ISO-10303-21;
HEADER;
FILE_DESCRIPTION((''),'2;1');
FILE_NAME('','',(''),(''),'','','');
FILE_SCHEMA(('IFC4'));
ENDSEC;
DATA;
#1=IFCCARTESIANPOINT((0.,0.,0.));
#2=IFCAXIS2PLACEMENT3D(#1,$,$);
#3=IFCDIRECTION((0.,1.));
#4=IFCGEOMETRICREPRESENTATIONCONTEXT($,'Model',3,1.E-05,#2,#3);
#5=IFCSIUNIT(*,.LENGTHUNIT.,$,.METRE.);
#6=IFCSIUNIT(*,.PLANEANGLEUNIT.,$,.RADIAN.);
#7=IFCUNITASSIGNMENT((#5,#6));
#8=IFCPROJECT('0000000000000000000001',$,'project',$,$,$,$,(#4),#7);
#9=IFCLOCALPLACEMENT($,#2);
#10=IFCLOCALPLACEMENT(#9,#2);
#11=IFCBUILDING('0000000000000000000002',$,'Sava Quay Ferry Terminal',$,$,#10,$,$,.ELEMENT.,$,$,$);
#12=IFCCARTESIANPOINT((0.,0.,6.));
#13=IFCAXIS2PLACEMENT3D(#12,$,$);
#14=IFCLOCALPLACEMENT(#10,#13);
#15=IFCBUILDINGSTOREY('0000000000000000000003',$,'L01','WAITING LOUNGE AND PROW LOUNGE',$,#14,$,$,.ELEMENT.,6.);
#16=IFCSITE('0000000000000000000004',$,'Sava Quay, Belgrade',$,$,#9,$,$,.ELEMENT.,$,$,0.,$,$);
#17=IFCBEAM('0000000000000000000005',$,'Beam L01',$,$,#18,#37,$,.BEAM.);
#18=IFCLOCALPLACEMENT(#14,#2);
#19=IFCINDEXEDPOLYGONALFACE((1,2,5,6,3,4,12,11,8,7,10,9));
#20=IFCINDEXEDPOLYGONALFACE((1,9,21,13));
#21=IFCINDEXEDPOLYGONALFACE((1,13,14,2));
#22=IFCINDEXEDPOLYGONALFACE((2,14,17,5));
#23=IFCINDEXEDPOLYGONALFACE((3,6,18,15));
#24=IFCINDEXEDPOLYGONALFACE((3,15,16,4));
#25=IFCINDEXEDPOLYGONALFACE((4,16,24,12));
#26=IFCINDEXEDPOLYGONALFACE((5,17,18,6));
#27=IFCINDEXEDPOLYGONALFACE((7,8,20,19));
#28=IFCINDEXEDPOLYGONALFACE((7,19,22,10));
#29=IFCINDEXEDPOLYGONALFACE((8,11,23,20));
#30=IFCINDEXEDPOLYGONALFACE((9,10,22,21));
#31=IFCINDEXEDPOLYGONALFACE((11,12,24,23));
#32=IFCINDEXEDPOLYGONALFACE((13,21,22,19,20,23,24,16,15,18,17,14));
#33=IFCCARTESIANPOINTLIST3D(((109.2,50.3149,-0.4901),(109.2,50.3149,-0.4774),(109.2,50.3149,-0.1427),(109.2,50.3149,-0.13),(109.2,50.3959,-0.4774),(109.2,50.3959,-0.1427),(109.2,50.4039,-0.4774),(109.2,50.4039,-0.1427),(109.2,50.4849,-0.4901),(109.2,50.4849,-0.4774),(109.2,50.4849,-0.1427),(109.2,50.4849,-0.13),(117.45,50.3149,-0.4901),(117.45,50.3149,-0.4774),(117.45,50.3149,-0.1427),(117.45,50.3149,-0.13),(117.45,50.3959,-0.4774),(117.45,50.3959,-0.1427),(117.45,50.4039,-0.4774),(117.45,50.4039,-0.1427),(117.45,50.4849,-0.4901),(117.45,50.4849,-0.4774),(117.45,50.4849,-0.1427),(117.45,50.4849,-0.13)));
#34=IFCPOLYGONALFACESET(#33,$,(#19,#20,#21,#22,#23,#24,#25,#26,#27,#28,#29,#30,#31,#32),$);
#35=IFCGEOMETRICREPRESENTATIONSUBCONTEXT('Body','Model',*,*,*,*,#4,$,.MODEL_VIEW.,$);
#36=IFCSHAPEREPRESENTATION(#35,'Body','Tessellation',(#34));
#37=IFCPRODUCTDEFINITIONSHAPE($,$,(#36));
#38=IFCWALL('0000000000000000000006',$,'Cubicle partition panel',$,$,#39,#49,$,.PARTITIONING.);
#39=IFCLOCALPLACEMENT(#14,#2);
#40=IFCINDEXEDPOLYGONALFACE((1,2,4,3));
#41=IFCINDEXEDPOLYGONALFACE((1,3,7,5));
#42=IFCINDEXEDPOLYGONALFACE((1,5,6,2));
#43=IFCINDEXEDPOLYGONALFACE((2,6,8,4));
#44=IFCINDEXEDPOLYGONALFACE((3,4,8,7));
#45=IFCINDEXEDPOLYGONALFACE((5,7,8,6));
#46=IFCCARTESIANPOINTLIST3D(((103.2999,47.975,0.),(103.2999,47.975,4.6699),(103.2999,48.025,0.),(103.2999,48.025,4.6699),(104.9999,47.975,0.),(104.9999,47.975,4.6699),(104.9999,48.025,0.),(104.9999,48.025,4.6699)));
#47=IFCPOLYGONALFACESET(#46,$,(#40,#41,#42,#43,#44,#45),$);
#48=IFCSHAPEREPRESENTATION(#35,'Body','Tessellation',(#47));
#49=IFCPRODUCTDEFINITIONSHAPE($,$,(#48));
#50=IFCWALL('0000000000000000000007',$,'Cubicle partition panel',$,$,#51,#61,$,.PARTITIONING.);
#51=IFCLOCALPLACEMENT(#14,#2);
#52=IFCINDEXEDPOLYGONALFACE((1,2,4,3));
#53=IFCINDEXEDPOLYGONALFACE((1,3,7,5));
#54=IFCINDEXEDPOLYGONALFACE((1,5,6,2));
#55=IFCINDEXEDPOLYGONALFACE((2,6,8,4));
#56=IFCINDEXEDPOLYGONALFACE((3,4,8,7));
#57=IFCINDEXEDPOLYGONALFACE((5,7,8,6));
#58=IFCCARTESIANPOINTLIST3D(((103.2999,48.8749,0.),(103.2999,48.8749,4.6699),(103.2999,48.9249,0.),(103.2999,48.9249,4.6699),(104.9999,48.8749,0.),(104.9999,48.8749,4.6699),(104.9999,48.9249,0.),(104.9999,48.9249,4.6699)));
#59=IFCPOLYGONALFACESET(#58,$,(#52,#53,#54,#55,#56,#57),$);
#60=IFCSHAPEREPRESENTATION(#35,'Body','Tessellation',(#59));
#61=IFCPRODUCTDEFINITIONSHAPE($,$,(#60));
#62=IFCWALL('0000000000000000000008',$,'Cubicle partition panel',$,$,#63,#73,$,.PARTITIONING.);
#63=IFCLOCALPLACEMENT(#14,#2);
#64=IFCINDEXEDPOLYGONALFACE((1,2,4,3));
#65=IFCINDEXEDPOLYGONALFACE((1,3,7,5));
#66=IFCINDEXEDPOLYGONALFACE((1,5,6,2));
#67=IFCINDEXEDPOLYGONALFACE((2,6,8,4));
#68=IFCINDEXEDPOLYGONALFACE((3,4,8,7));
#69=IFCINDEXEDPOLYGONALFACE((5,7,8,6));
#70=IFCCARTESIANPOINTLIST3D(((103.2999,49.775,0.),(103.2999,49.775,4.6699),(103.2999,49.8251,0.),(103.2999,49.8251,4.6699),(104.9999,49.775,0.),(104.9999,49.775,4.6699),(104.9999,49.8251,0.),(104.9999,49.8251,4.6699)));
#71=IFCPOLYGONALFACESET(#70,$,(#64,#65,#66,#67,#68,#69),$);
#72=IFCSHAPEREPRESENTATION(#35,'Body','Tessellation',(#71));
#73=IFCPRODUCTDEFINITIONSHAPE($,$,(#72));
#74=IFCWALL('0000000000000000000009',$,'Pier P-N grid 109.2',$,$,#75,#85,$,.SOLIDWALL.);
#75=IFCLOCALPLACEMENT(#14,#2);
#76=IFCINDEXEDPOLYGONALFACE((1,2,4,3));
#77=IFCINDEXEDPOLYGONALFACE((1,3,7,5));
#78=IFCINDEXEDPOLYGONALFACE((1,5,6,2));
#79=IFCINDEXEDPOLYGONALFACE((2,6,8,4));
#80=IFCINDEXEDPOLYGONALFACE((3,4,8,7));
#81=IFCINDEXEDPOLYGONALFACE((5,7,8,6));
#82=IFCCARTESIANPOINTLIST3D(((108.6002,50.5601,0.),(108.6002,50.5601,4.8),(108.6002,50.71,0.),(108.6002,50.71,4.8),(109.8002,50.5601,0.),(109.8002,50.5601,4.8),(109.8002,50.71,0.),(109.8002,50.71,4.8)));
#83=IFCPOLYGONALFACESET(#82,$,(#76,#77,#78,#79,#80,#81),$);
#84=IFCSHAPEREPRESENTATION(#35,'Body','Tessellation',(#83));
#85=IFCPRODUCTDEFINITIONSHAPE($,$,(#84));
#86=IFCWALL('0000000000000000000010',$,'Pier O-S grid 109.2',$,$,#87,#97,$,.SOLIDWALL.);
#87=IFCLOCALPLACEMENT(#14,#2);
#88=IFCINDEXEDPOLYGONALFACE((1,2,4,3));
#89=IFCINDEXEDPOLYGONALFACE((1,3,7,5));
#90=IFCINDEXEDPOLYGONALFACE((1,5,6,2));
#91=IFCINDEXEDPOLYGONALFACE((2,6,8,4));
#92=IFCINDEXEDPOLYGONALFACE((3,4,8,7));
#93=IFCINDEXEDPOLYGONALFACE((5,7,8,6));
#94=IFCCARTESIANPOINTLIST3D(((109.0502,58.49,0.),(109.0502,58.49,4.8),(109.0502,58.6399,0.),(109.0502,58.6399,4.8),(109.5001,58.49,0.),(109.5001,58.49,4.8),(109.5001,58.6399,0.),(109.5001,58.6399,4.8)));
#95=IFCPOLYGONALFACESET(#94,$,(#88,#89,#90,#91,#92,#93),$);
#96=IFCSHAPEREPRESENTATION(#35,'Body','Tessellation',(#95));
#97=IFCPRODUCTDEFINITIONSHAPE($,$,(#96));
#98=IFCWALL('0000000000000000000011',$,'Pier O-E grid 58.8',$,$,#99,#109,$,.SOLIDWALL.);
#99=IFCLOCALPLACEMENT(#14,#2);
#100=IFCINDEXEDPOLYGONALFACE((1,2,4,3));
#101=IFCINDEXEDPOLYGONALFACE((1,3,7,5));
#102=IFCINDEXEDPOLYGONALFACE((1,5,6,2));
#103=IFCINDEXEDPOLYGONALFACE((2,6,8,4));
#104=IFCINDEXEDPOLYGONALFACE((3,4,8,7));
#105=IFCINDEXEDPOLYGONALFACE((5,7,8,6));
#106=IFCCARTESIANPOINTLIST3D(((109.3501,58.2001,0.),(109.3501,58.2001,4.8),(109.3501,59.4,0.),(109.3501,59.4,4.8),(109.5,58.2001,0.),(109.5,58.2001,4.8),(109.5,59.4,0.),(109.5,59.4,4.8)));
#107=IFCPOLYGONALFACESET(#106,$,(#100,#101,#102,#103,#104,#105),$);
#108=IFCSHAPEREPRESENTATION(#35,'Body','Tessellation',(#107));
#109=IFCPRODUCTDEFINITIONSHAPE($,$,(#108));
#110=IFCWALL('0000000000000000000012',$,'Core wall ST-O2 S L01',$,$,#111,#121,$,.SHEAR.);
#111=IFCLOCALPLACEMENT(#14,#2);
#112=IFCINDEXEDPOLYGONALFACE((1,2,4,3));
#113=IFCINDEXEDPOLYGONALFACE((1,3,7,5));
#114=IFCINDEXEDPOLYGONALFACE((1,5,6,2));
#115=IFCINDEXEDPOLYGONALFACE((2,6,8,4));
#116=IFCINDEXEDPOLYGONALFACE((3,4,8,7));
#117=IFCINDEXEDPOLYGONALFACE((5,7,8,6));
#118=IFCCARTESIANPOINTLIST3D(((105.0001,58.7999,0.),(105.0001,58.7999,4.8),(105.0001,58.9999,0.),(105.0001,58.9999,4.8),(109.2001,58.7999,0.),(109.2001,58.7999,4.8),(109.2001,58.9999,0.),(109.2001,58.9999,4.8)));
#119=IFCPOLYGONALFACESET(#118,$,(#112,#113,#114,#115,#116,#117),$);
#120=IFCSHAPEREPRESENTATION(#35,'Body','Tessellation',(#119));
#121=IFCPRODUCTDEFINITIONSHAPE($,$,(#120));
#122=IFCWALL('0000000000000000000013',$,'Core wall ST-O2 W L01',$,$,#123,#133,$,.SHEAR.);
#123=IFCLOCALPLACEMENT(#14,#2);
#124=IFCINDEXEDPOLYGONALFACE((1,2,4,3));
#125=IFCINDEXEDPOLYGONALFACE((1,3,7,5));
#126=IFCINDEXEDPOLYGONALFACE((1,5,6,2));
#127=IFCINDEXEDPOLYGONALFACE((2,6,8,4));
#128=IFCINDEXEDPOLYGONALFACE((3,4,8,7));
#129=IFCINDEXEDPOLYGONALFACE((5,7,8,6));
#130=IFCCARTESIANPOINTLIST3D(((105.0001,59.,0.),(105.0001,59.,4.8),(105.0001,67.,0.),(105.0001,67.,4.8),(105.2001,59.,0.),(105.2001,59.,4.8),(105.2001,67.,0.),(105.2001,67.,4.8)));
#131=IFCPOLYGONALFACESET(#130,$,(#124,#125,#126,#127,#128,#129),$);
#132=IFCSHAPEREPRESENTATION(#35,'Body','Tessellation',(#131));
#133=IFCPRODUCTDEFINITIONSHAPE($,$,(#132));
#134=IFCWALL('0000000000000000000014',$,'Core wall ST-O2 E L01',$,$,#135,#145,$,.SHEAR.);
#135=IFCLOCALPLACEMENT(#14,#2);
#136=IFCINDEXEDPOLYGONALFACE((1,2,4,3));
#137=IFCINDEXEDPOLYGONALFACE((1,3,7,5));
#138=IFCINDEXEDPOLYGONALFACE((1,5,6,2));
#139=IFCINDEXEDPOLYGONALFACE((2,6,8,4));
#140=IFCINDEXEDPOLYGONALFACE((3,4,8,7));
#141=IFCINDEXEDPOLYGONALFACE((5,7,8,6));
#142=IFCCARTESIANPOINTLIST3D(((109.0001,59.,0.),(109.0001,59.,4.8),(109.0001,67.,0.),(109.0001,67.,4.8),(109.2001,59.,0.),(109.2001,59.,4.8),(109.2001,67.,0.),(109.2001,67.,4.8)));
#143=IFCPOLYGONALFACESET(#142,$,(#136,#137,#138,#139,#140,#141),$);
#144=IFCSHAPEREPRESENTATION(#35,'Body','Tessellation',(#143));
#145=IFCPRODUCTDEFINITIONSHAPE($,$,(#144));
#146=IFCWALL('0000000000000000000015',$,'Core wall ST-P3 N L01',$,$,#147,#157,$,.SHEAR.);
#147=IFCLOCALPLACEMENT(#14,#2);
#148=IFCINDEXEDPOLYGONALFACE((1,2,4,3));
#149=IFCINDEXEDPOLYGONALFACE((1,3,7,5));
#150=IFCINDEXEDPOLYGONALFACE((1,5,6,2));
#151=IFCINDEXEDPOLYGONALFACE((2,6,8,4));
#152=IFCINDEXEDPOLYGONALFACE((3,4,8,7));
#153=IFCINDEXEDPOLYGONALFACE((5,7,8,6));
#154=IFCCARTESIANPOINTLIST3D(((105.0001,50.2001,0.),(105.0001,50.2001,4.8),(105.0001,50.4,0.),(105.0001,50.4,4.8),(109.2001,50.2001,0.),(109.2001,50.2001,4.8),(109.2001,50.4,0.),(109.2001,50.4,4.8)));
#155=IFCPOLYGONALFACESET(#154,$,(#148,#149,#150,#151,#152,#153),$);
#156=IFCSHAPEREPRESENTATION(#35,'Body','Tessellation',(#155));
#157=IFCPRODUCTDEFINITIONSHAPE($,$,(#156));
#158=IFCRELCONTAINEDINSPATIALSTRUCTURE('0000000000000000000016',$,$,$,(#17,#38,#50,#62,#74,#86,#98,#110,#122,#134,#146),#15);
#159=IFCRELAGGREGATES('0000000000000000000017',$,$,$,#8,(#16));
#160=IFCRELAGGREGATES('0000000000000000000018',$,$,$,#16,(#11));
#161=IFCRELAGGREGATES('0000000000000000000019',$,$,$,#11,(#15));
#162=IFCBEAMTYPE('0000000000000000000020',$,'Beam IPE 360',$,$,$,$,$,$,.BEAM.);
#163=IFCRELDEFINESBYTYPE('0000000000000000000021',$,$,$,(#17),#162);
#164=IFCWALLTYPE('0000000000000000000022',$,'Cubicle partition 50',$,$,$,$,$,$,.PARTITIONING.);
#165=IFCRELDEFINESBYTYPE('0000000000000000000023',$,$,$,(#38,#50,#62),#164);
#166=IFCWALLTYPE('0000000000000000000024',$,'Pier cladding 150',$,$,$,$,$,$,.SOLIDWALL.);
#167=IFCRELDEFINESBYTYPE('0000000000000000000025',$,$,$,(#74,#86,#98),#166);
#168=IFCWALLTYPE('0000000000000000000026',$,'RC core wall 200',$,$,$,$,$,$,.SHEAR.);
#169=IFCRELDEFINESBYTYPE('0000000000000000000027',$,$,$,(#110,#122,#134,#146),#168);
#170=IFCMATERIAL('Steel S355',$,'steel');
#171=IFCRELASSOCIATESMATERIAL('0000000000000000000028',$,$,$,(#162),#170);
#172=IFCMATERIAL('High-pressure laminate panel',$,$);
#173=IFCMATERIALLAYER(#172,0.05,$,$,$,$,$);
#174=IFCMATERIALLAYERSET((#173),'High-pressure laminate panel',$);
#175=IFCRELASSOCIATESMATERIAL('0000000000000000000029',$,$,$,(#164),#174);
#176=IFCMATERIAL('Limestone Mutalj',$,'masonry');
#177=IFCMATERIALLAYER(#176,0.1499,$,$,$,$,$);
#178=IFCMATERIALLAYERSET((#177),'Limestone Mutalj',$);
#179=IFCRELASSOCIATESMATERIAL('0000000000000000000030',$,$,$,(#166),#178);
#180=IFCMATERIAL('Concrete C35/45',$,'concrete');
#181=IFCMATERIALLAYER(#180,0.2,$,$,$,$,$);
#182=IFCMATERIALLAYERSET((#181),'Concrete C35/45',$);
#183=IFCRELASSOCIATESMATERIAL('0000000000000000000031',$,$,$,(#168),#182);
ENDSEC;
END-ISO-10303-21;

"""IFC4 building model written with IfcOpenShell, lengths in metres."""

from ifc_helpers import new_model, si_unit, direction, frame, frame_2d, origin, origin_2d, place, context, subcontext, project, spatial, rectangle, i_section, extrude, material, layer, layer_set, material_profile, profile_set, type_object, element, save


model = new_model("IFC4")

# Units and contexts
model_context = context("Model", 3, precision=1e-05, world=origin(), true_north=direction((0.0, 1.0)))
body_context = subcontext(model_context, "Body", "Model", "MODEL_VIEW")
ifc_project = project(units=[si_unit("LENGTHUNIT", "METRE"), si_unit("PLANEANGLEUNIT", "RADIAN")], contexts=[model_context])

# Site, building, storey
site_placement = place(None, origin())
site = spatial("IfcSite", under=ifc_project, at=site_placement, Name="Sava Quay, Belgrade", CompositionType="ELEMENT", RefElevation=0.0)
building_placement = place(site_placement, origin())
building = spatial("IfcBuilding", under=site, at=building_placement, Name="Sava Quay Ferry Terminal", CompositionType="ELEMENT")
storey_placement = place(building_placement, frame((0.0, 0.0, 6.0)))
storey = spatial("IfcBuildingStorey", under=building, at=storey_placement, Name="L01", Description="WAITING LOUNGE AND PROW LOUNGE", CompositionType="ELEMENT", Elevation=6.0)

# Beam
ifc_material_1 = material(Name="Steel S355", Category="steel")
ifc_material_profile = material_profile(ifc_material_1, i_section(OverallWidth=0.1699, OverallDepth=0.3601, WebThickness=0.0081, FlangeThickness=0.0127, at=origin_2d()), Name="IPE 360")
ifc_profile_set = profile_set([ifc_material_profile], Name="Steel S355")
beam_type = type_object("IfcBeamType", Name="Beam IPE 360", PredefinedType="BEAM", material=ifc_profile_set)
beam_placement = place(storey_placement, frame((109.2, 50.3999, -0.3101), z_axis=(1.0, 0.0, 0.0), x_axis=(0.0, 1.0, 0.0)))
element("IfcBeam", 1, at=beam_placement, inside=storey, type_object=beam_type, Name="Beam L01", PredefinedType="BEAM", context=body_context, shape_type="SweptSolid", body=[
    extrude(i_section(OverallWidth=0.1699, OverallDepth=0.3601, WebThickness=0.0081, FlangeThickness=0.0127, at=origin_2d()), origin(), (0.0, 0.0, 1.0), 8.25),
])

# Walls
ifc_material_2 = material(Name="High-pressure laminate panel")
ifc_layer_1 = layer(ifc_material_2, 0.05)
ifc_layer_set_1 = layer_set([ifc_layer_1], Name="High-pressure laminate panel")
wall_type_1 = type_object("IfcWallType", Name="Cubicle partition 50", PredefinedType="PARTITIONING", material=ifc_layer_set_1)
for number, where, z_axis, x_axis, name in (
    (2, (105.0, 48.0, 0.0), (0.0, 0.0, 1.0), (-1.0, 0.0, 0.0), "Cubicle partition panel"),
    (3, (105.0, 48.8999, 0.0), (0.0, 0.0, 1.0), (-1.0, 0.0, 0.0), "Cubicle partition panel"),
    (4, (105.0, 49.8, 0.0), (0.0, 0.0, 1.0), (-1.0, 0.0, 0.0), "Cubicle partition panel"),
):
    element("IfcWall", number, at=place(storey_placement, frame(where, z_axis=z_axis, x_axis=x_axis)), inside=storey, type_object=wall_type_1, Name=name, PredefinedType="PARTITIONING", context=body_context, shape_type="SweptSolid", body=[
        extrude(rectangle(XDim=1.7, YDim=0.05, at=frame_2d((0.8501, 0.0))), origin(), (0.0, 0.0, 1.0), 4.6699),
    ])
ifc_material_3 = material(Name="Limestone Mutalj", Category="masonry")
ifc_layer_2 = layer(ifc_material_3, 0.1499)
ifc_layer_set_2 = layer_set([ifc_layer_2], Name="Limestone Mutalj")
wall_type_2 = type_object("IfcWallType", Name="Pier cladding 150", PredefinedType="SOLIDWALL", material=ifc_layer_set_2)
wall_1_placement = place(storey_placement, frame((108.6001, 50.635, 0.0), z_axis=(0.0, 0.0, 1.0), x_axis=(1.0, 0.0, 0.0)))
element("IfcWall", 5, at=wall_1_placement, inside=storey, type_object=wall_type_2, Name="Pier P-N grid 109.2", PredefinedType="SOLIDWALL", context=body_context, shape_type="SweptSolid", body=[
    extrude(rectangle(XDim=1.2, YDim=0.1499, at=frame_2d((0.6001, 0.0))), origin(), (0.0, 0.0, 1.0), 4.8),
])
wall_2_placement = place(storey_placement, frame((109.05, 58.5649, 0.0), z_axis=(0.0, 0.0, 1.0), x_axis=(1.0, 0.0, 0.0)))
element("IfcWall", 6, at=wall_2_placement, inside=storey, type_object=wall_type_2, Name="Pier O-S grid 109.2", PredefinedType="SOLIDWALL", context=body_context, shape_type="SweptSolid", body=[
    extrude(rectangle(XDim=0.45, YDim=0.1499, at=frame_2d((0.2251, 0.0))), origin(), (0.0, 0.0, 1.0), 4.8),
])
wall_3_placement = place(storey_placement, frame((109.425, 58.2, 0.0), z_axis=(0.0, 0.0, 1.0), x_axis=(0.0, 1.0, 0.0)))
element("IfcWall", 7, at=wall_3_placement, inside=storey, type_object=wall_type_2, Name="Pier O-E grid 58.8", PredefinedType="SOLIDWALL", context=body_context, shape_type="SweptSolid", body=[
    extrude(rectangle(XDim=1.2, YDim=0.1499, at=frame_2d((0.6001, 0.0))), origin(), (0.0, 0.0, 1.0), 4.8),
])
ifc_material_4 = material(Name="Concrete C35/45", Category="concrete")
ifc_layer_3 = layer(ifc_material_4, 0.2)
ifc_layer_set_3 = layer_set([ifc_layer_3], Name="Concrete C35/45")
wall_type_3 = type_object("IfcWallType", Name="RC core wall 200", PredefinedType="SHEAR", material=ifc_layer_set_3)
wall_4_placement = place(storey_placement, frame((105.0, 58.8999, 0.0), z_axis=(0.0, 0.0, 1.0), x_axis=(1.0, 0.0, 0.0)))
element("IfcWall", 8, at=wall_4_placement, inside=storey, type_object=wall_type_3, Name="Core wall ST-O2 S L01", PredefinedType="SHEAR", context=body_context, shape_type="SweptSolid", body=[
    extrude(rectangle(XDim=4.2, YDim=0.2, at=frame_2d((2.1001, 0.0))), origin(), (0.0, 0.0, 1.0), 4.8),
])
for number, where, z_axis, x_axis, name in (
    (9, (105.1001, 59.0, 0.0), (0.0, 0.0, 1.0), (0.0, 1.0, 0.0), "Core wall ST-O2 W L01"),
    (10, (109.1001, 59.0, 0.0), (0.0, 0.0, 1.0), (0.0, 1.0, 0.0), "Core wall ST-O2 E L01"),
):
    element("IfcWall", number, at=place(storey_placement, frame(where, z_axis=z_axis, x_axis=x_axis)), inside=storey, type_object=wall_type_3, Name=name, PredefinedType="SHEAR", context=body_context, shape_type="SweptSolid", body=[
        extrude(rectangle(XDim=8.0, YDim=0.2, at=frame_2d((4.0, 0.0))), origin(), (0.0, 0.0, 1.0), 4.8),
    ])
wall_5_placement = place(storey_placement, frame((105.0, 50.3, 0.0), z_axis=(0.0, 0.0, 1.0), x_axis=(1.0, 0.0, 0.0)))
element("IfcWall", 11, at=wall_5_placement, inside=storey, type_object=wall_type_3, Name="Core wall ST-P3 N L01", PredefinedType="SHEAR", context=body_context, shape_type="SweptSolid", body=[
    extrude(rectangle(XDim=4.2, YDim=0.2, at=frame_2d((2.1001, 0.0))), origin(), (0.0, 0.0, 1.0), 4.8),
])

save(model, "model.ifc")
